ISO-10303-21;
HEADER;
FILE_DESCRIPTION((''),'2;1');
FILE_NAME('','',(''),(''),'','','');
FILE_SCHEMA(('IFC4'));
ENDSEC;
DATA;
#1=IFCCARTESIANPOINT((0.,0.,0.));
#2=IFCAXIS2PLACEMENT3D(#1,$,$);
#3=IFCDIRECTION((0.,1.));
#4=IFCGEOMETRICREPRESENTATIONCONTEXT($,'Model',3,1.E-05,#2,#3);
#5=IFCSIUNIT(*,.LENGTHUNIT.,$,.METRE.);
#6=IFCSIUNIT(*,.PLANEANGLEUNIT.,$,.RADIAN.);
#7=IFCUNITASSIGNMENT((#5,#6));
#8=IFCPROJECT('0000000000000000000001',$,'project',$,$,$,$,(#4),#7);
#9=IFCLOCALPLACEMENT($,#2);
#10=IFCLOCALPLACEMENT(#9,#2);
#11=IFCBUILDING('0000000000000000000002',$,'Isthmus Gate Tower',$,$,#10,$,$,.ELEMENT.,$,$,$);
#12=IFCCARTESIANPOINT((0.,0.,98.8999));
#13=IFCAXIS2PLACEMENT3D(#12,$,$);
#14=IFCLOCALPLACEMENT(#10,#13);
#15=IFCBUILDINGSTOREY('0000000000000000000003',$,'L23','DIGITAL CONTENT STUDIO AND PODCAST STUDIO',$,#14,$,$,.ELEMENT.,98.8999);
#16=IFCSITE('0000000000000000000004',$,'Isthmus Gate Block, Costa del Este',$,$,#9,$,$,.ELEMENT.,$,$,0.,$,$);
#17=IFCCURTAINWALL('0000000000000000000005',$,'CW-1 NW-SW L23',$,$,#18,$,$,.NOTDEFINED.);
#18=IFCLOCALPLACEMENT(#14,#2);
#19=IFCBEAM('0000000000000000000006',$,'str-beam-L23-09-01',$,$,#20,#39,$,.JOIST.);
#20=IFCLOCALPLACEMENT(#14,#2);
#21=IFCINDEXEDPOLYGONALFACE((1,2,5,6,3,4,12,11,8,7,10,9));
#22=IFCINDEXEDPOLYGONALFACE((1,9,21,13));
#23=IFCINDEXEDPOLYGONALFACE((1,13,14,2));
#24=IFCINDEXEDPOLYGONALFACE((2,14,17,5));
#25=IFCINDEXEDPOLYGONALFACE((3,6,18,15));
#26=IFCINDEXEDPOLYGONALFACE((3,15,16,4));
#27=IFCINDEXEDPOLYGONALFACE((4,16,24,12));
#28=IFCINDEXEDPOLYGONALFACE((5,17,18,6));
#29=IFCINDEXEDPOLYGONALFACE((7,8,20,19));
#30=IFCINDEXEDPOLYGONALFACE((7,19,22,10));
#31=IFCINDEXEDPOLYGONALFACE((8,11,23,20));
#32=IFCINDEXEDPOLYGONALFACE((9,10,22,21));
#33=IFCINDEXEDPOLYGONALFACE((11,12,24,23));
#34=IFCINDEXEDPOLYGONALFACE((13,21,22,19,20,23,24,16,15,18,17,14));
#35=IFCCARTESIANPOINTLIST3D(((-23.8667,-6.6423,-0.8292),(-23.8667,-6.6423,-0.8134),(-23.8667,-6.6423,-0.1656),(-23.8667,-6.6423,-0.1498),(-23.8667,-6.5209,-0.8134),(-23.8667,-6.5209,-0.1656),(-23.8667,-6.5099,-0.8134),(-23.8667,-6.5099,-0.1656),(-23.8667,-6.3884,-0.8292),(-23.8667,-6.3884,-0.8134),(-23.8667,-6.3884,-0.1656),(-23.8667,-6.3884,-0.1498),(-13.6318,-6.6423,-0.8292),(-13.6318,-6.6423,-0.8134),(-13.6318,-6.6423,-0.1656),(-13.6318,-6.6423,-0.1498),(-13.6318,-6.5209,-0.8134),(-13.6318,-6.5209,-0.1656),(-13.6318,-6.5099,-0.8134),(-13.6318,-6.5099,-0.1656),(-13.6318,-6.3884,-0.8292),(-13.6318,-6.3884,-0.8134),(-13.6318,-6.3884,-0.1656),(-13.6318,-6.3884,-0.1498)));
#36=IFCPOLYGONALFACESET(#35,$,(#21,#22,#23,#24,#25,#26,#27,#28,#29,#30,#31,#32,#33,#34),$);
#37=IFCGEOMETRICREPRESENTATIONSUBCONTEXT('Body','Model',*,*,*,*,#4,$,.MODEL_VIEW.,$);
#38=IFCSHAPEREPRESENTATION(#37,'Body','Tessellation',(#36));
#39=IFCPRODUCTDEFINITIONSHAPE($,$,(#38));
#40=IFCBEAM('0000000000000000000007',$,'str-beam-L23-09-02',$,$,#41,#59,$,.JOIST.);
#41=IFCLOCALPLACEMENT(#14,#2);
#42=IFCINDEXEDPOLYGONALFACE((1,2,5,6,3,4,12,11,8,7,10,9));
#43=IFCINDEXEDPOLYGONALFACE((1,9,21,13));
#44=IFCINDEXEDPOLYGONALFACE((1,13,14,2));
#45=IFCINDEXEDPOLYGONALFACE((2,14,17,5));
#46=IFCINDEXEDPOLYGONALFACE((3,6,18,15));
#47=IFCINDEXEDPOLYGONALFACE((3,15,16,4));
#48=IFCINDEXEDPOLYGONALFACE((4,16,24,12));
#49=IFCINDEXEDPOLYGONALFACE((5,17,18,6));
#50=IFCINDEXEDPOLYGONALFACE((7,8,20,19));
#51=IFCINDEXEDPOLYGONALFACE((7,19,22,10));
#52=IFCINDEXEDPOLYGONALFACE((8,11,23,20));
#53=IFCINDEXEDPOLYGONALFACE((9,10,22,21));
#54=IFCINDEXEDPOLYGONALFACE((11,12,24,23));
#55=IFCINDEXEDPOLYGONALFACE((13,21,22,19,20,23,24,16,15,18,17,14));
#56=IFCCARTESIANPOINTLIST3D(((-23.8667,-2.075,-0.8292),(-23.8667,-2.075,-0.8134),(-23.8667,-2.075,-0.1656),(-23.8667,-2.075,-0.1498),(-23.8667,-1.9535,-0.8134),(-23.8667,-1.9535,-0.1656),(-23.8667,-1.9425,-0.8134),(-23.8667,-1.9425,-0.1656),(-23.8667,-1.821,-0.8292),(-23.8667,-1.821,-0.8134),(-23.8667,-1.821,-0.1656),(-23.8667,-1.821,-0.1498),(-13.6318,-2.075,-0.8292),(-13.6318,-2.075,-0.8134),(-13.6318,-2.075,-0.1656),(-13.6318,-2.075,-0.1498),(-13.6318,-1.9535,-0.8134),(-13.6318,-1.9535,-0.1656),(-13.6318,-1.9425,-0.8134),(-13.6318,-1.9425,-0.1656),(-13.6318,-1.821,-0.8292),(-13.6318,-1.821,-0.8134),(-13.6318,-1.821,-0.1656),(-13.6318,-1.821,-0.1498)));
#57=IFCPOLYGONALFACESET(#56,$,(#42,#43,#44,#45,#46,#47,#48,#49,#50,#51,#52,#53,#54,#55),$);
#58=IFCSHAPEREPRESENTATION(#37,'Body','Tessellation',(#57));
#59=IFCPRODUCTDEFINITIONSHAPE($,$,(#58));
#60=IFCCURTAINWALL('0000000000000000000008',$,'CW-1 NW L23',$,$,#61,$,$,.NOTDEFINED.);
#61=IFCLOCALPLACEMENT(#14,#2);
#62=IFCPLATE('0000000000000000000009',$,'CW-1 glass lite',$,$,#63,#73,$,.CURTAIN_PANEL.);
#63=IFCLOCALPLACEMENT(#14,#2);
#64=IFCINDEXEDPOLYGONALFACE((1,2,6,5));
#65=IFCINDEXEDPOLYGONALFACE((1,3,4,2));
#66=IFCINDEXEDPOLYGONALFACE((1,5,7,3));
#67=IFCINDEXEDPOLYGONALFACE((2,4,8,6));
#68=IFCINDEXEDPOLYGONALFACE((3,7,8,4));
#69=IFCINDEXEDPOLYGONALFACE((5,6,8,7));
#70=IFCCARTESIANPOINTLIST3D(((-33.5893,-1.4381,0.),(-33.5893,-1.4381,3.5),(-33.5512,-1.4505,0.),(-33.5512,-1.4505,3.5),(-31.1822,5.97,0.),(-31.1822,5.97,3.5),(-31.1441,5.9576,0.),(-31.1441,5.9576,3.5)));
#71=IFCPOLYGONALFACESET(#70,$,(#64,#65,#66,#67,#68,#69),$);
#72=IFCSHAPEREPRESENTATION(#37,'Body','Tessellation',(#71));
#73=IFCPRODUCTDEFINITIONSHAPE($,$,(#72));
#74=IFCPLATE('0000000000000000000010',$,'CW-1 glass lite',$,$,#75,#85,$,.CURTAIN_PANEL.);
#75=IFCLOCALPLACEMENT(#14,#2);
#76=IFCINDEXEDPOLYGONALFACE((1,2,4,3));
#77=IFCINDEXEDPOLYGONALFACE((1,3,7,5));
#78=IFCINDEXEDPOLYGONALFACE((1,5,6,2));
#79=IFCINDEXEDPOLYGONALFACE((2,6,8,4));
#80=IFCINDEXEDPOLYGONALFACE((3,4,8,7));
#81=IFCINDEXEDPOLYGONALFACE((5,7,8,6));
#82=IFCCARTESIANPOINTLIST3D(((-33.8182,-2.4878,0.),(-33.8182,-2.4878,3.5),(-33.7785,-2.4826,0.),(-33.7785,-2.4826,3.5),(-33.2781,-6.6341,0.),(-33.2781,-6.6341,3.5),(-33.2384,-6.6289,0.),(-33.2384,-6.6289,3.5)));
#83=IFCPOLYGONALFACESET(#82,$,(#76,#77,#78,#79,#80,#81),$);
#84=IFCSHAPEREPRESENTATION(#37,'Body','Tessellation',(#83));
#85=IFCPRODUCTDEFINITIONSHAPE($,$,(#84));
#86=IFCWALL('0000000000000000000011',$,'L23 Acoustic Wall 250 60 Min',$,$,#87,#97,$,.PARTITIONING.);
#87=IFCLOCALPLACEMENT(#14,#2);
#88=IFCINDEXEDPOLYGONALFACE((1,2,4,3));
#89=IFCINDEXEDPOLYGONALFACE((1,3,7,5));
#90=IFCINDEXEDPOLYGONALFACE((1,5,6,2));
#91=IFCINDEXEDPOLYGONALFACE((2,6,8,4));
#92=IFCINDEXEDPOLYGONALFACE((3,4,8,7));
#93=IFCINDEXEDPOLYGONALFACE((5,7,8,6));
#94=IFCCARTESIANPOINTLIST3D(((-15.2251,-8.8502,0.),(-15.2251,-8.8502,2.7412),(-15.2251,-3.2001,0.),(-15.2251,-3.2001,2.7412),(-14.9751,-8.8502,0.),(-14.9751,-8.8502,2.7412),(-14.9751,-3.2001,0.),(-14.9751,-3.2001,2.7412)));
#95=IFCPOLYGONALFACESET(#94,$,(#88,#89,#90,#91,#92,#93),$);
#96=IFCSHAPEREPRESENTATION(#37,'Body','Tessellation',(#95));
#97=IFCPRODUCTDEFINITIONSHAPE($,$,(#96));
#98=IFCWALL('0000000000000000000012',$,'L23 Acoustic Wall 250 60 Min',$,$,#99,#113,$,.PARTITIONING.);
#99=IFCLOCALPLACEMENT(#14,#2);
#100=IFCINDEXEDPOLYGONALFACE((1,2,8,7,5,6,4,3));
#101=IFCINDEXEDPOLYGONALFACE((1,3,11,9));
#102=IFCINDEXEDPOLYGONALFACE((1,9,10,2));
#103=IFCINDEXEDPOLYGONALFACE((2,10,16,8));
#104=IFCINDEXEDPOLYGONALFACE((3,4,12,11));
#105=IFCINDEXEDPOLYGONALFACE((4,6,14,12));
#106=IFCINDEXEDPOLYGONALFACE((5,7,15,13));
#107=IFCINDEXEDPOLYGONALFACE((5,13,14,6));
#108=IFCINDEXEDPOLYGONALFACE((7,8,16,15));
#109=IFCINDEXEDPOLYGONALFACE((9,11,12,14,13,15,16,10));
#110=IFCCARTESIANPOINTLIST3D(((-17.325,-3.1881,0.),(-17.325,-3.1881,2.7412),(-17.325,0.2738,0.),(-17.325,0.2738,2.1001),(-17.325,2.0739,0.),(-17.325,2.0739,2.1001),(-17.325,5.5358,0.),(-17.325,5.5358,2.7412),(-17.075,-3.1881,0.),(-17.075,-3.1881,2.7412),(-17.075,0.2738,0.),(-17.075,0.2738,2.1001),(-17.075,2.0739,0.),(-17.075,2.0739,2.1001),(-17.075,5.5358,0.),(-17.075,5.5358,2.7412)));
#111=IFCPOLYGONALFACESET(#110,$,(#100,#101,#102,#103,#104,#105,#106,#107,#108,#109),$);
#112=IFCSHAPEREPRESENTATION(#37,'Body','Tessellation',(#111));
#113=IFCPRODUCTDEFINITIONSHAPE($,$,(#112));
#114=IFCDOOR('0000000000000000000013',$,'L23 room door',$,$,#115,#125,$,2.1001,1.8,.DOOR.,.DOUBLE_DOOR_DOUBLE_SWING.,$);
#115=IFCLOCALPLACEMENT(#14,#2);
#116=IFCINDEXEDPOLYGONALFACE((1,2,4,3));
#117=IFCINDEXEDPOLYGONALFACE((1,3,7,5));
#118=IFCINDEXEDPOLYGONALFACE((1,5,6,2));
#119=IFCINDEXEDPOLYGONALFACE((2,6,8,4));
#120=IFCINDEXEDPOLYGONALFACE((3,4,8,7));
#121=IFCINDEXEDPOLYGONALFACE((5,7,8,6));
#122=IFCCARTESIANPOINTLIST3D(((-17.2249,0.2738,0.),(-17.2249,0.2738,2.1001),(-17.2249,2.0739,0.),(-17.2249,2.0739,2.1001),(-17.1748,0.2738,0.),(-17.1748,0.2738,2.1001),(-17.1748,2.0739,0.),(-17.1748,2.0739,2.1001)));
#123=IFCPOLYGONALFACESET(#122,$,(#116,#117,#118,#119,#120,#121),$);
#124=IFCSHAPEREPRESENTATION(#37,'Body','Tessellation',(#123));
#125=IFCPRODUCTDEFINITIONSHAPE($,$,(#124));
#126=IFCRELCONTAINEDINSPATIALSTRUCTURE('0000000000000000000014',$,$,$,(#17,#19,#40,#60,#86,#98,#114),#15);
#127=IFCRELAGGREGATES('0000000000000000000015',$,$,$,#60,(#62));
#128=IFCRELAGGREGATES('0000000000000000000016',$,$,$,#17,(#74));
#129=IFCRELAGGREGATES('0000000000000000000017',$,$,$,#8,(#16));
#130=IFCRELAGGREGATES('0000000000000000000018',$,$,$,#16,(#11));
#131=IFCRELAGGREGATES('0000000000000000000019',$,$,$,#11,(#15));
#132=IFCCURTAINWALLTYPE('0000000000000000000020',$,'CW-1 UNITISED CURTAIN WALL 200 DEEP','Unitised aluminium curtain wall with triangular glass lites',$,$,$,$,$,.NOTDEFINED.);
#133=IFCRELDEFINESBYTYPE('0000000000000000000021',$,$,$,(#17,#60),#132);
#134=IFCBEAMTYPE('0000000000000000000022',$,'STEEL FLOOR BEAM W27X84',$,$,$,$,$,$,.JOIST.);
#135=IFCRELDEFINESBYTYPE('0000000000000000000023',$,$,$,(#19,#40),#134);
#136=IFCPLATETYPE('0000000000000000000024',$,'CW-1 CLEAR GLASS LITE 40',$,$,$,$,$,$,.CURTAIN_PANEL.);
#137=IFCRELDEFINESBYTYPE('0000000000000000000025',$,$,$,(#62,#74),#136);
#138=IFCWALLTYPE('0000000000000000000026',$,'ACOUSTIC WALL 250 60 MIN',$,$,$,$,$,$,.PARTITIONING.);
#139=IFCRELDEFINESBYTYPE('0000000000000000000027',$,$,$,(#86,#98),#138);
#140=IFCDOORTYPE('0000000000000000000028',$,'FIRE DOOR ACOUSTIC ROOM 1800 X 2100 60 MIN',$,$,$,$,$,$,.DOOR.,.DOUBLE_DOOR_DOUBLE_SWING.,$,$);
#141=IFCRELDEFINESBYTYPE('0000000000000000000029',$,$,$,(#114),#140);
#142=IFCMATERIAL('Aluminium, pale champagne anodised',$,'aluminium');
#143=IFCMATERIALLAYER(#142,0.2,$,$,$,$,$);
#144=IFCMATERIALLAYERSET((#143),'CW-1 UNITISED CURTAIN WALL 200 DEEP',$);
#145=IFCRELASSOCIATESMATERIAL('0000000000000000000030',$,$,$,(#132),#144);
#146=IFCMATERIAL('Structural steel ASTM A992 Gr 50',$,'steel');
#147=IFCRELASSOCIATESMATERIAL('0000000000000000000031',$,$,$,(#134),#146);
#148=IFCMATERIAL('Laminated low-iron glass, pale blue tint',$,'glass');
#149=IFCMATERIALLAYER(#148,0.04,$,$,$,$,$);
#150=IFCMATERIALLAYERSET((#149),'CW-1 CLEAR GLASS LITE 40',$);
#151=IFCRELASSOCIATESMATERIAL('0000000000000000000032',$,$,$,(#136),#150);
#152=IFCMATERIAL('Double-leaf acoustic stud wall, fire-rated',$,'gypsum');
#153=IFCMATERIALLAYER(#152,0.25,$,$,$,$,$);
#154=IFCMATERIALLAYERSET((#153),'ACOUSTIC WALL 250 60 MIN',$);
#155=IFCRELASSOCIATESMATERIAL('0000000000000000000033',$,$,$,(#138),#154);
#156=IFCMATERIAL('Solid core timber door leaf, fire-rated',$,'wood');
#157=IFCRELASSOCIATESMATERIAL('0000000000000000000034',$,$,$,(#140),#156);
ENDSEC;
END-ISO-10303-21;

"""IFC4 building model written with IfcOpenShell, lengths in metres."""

from ifc_helpers import new_model, si_unit, direction, frame, frame_2d, origin, origin_2d, place, context, subcontext, project, spatial, rectangle, i_section, extrude, material, layer, layer_set, material_profile, profile_set, type_object, element, fill, aggregate, save


model = new_model("IFC4")

# Units and contexts
model_context = context("Model", 3, precision=1e-05, world=origin(), true_north=direction((0.0, 1.0)))
body_context = subcontext(model_context, "Body", "Model", "MODEL_VIEW")
ifc_project = project(units=[si_unit("LENGTHUNIT", "METRE"), si_unit("PLANEANGLEUNIT", "RADIAN")], contexts=[model_context])

# Site, building, storey
site_placement = place(None, origin())
site = spatial("IfcSite", under=ifc_project, at=site_placement, Name="Isthmus Gate Block, Costa del Este", CompositionType="ELEMENT", RefElevation=0.0)
building_placement = place(site_placement, origin())
building = spatial("IfcBuilding", under=site, at=building_placement, Name="Isthmus Gate Tower", CompositionType="ELEMENT")
storey_placement = place(building_placement, frame((0.0, 0.0, 98.8999)))
storey = spatial("IfcBuildingStorey", under=building, at=storey_placement, Name="L23", Description="DIGITAL CONTENT STUDIO AND PODCAST STUDIO", CompositionType="ELEMENT", Elevation=98.8999)

# Curtain wall
ifc_material_1 = material(Name="Aluminium, pale champagne anodised", Category="aluminium")
ifc_layer_1 = layer(ifc_material_1, 0.2)
ifc_layer_set_1 = layer_set([ifc_layer_1], Name="CW-1 UNITISED CURTAIN WALL 200 DEEP")
curtain_wall_type = type_object("IfcCurtainWallType", Name="CW-1 UNITISED CURTAIN WALL 200 DEEP", Description="Unitised aluminium curtain wall with triangular glass lites", PredefinedType="NOTDEFINED", material=ifc_layer_set_1)
curtain_wall_1_placement = place(storey_placement, origin())
curtain_wall_1 = element("IfcCurtainWall", 1, at=curtain_wall_1_placement, inside=storey, type_object=curtain_wall_type, Name="CW-1 NW-SW L23", PredefinedType="NOTDEFINED")

# Beams
ifc_material_2 = material(Name="Structural steel ASTM A992 Gr 50", Category="steel")
ifc_material_profile_1 = material_profile(ifc_material_2, i_section(OverallWidth=0.2539, OverallDepth=0.6794, WebThickness=0.011, FlangeThickness=0.0159, at=origin_2d()), Name="W27X84")
ifc_profile_set_1 = profile_set([ifc_material_profile_1], Name="Structural steel ASTM A992 Gr 50")
beam_type_1 = type_object("IfcBeamType", Name="STEEL FLOOR BEAM W27X84", PredefinedType="JOIST", material=ifc_profile_set_1)
for number, where, z_axis, x_axis, name in (
    (2, (-23.8667, -6.5154, -0.4895), (1.0, 0.0, 0.0), (0.0, 1.0, 0.0), "str-beam-L23-09-01"),
    (3, (-23.8667, -1.948, -0.4895), (1.0, 0.0, 0.0), (0.0, 1.0, 0.0), "str-beam-L23-09-02"),
):
    element("IfcBeam", number, at=place(storey_placement, frame(where, z_axis=z_axis, x_axis=x_axis)), inside=storey, type_object=beam_type_1, Name=name, PredefinedType="JOIST", context=body_context, shape_type="SweptSolid", body=[
        extrude(i_section(OverallWidth=0.2539, OverallDepth=0.6794, WebThickness=0.011, FlangeThickness=0.0159, at=origin_2d()), origin(), (0.0, 0.0, 1.0), 10.2349),
    ])

# Curtain wall, plate
curtain_wall_2_placement = place(storey_placement, origin())
curtain_wall_2 = element("IfcCurtainWall", 4, at=curtain_wall_2_placement, inside=storey, type_object=curtain_wall_type, Name="CW-1 NW L23", PredefinedType="NOTDEFINED")
ifc_material_3 = material(Name="Laminated low-iron glass, pale blue tint", Category="glass")
ifc_layer_2 = layer(ifc_material_3, 0.04)
ifc_layer_set_2 = layer_set([ifc_layer_2], Name="CW-1 CLEAR GLASS LITE 40")
plate_type = type_object("IfcPlateType", Name="CW-1 CLEAR GLASS LITE 40", PredefinedType="CURTAIN_PANEL", material=ifc_layer_set_2)
plate_1_placement = place(storey_placement, frame((-32.3667, 2.2598, 0.0), z_axis=(0.0, 0.0, 1.0), x_axis=(-0.309017, -0.951057, 0.0)))
plate_1 = element("IfcPlate", 5, at=plate_1_placement, type_object=plate_type, Name="CW-1 glass lite", PredefinedType="CURTAIN_PANEL", context=body_context, shape_type="SweptSolid", body=[
    extrude(rectangle(XDim=7.7893, YDim=0.04, at=origin_2d()), origin(), (0.0, 0.0, 1.0), 3.5),
])
aggregate(curtain_wall_2, [plate_1])

# Plate
plate_2_placement = place(storey_placement, frame((-33.5283, -4.5583, 0.0), z_axis=(0.0, 0.0, 1.0), x_axis=(0.129165, -0.991623, 0.0)))
plate_2 = element("IfcPlate", 6, at=plate_2_placement, type_object=plate_type, Name="CW-1 glass lite", PredefinedType="CURTAIN_PANEL", context=body_context, shape_type="SweptSolid", body=[
    extrude(rectangle(XDim=4.1814, YDim=0.04, at=origin_2d()), origin(), (0.0, 0.0, 1.0), 3.5),
])
aggregate(curtain_wall_1, [plate_2])

# Wall
ifc_material_4 = material(Name="Double-leaf acoustic stud wall, fire-rated", Category="gypsum")
ifc_layer_3 = layer(ifc_material_4, 0.25)
ifc_layer_set_3 = layer_set([ifc_layer_3], Name="ACOUSTIC WALL 250 60 MIN")
wall_type_1 = type_object("IfcWallType", Name="ACOUSTIC WALL 250 60 MIN", PredefinedType="PARTITIONING", material=ifc_layer_set_3)
wall_1_placement = place(storey_placement, frame((-15.1001, -3.2, 0.0), z_axis=(0.0, 0.0, 1.0), x_axis=(0.0, -1.0, 0.0)))
element("IfcWall", 7, at=wall_1_placement, inside=storey, type_object=wall_type_1, Name="L23 Acoustic Wall 250 60 Min", PredefinedType="PARTITIONING", context=body_context, shape_type="SweptSolid", body=[
    extrude(rectangle(XDim=5.6501, YDim=0.25, at=frame_2d((2.8252, 0.0))), origin(), (0.0, 0.0, 1.0), 2.7412),
])

# Wall, opening, door
wall_2_placement = place(storey_placement, frame((-17.2, -3.188, 0.0), z_axis=(0.0, 0.0, 1.0), x_axis=(0.0, 1.0, 0.0)))
wall_2 = element("IfcWall", 8, at=wall_2_placement, inside=storey, type_object=wall_type_1, Name="L23 Acoustic Wall 250 60 Min", PredefinedType="PARTITIONING", context=body_context, shape_type="SweptSolid", body=[
    extrude(rectangle(XDim=8.7239, YDim=0.25, at=frame_2d((4.3618, 0.0))), origin(), (0.0, 0.0, 1.0), 2.7412),
])
opening_1_placement = place(wall_2_placement, frame((3.4619, 0.0, 0.0)))
opening_1 = element("IfcOpeningElement", 9, at=opening_1_placement, cuts=wall_2, PredefinedType="OPENING", context=body_context, shape_type="SweptSolid", body=[
    extrude(rectangle(XDim=1.8, YDim=2.1001, at=frame_2d((0.8999, 1.05))), frame((0.0, 0.135, 0.0), z_axis=(0.0, -1.0, 0.0), x_axis=(1.0, 0.0, 0.0)), (0.0, 0.0, 1.0), 0.27),
])
ifc_material_5 = material(Name="Solid core timber door leaf, fire-rated", Category="wood")
door_type_1 = type_object("IfcDoorType", Name="FIRE DOOR ACOUSTIC ROOM 1800 X 2100 60 MIN", OperationType="DOUBLE_DOOR_DOUBLE_SWING", PredefinedType="DOOR", material=ifc_material_5)
door_1_placement = place(opening_1_placement, origin())
door_1 = element("IfcDoor", 10, at=door_1_placement, inside=storey, type_object=door_type_1, Name="L23 room door", OperationType="DOUBLE_DOOR_DOUBLE_SWING", OverallHeight=2.1001, OverallWidth=1.8, PredefinedType="DOOR", context=body_context, shape_type="SweptSolid", body=[
    extrude(rectangle(XDim=1.8, YDim=2.1001, at=frame_2d((0.8999, 1.05))), frame((0.0, 0.0249, 0.0), z_axis=(0.0, -1.0, 0.0), x_axis=(1.0, 0.0, 0.0)), (0.0, 0.0, 1.0), 0.05),
])
fill(opening_1, door_1)

save(model, "model.ifc")
